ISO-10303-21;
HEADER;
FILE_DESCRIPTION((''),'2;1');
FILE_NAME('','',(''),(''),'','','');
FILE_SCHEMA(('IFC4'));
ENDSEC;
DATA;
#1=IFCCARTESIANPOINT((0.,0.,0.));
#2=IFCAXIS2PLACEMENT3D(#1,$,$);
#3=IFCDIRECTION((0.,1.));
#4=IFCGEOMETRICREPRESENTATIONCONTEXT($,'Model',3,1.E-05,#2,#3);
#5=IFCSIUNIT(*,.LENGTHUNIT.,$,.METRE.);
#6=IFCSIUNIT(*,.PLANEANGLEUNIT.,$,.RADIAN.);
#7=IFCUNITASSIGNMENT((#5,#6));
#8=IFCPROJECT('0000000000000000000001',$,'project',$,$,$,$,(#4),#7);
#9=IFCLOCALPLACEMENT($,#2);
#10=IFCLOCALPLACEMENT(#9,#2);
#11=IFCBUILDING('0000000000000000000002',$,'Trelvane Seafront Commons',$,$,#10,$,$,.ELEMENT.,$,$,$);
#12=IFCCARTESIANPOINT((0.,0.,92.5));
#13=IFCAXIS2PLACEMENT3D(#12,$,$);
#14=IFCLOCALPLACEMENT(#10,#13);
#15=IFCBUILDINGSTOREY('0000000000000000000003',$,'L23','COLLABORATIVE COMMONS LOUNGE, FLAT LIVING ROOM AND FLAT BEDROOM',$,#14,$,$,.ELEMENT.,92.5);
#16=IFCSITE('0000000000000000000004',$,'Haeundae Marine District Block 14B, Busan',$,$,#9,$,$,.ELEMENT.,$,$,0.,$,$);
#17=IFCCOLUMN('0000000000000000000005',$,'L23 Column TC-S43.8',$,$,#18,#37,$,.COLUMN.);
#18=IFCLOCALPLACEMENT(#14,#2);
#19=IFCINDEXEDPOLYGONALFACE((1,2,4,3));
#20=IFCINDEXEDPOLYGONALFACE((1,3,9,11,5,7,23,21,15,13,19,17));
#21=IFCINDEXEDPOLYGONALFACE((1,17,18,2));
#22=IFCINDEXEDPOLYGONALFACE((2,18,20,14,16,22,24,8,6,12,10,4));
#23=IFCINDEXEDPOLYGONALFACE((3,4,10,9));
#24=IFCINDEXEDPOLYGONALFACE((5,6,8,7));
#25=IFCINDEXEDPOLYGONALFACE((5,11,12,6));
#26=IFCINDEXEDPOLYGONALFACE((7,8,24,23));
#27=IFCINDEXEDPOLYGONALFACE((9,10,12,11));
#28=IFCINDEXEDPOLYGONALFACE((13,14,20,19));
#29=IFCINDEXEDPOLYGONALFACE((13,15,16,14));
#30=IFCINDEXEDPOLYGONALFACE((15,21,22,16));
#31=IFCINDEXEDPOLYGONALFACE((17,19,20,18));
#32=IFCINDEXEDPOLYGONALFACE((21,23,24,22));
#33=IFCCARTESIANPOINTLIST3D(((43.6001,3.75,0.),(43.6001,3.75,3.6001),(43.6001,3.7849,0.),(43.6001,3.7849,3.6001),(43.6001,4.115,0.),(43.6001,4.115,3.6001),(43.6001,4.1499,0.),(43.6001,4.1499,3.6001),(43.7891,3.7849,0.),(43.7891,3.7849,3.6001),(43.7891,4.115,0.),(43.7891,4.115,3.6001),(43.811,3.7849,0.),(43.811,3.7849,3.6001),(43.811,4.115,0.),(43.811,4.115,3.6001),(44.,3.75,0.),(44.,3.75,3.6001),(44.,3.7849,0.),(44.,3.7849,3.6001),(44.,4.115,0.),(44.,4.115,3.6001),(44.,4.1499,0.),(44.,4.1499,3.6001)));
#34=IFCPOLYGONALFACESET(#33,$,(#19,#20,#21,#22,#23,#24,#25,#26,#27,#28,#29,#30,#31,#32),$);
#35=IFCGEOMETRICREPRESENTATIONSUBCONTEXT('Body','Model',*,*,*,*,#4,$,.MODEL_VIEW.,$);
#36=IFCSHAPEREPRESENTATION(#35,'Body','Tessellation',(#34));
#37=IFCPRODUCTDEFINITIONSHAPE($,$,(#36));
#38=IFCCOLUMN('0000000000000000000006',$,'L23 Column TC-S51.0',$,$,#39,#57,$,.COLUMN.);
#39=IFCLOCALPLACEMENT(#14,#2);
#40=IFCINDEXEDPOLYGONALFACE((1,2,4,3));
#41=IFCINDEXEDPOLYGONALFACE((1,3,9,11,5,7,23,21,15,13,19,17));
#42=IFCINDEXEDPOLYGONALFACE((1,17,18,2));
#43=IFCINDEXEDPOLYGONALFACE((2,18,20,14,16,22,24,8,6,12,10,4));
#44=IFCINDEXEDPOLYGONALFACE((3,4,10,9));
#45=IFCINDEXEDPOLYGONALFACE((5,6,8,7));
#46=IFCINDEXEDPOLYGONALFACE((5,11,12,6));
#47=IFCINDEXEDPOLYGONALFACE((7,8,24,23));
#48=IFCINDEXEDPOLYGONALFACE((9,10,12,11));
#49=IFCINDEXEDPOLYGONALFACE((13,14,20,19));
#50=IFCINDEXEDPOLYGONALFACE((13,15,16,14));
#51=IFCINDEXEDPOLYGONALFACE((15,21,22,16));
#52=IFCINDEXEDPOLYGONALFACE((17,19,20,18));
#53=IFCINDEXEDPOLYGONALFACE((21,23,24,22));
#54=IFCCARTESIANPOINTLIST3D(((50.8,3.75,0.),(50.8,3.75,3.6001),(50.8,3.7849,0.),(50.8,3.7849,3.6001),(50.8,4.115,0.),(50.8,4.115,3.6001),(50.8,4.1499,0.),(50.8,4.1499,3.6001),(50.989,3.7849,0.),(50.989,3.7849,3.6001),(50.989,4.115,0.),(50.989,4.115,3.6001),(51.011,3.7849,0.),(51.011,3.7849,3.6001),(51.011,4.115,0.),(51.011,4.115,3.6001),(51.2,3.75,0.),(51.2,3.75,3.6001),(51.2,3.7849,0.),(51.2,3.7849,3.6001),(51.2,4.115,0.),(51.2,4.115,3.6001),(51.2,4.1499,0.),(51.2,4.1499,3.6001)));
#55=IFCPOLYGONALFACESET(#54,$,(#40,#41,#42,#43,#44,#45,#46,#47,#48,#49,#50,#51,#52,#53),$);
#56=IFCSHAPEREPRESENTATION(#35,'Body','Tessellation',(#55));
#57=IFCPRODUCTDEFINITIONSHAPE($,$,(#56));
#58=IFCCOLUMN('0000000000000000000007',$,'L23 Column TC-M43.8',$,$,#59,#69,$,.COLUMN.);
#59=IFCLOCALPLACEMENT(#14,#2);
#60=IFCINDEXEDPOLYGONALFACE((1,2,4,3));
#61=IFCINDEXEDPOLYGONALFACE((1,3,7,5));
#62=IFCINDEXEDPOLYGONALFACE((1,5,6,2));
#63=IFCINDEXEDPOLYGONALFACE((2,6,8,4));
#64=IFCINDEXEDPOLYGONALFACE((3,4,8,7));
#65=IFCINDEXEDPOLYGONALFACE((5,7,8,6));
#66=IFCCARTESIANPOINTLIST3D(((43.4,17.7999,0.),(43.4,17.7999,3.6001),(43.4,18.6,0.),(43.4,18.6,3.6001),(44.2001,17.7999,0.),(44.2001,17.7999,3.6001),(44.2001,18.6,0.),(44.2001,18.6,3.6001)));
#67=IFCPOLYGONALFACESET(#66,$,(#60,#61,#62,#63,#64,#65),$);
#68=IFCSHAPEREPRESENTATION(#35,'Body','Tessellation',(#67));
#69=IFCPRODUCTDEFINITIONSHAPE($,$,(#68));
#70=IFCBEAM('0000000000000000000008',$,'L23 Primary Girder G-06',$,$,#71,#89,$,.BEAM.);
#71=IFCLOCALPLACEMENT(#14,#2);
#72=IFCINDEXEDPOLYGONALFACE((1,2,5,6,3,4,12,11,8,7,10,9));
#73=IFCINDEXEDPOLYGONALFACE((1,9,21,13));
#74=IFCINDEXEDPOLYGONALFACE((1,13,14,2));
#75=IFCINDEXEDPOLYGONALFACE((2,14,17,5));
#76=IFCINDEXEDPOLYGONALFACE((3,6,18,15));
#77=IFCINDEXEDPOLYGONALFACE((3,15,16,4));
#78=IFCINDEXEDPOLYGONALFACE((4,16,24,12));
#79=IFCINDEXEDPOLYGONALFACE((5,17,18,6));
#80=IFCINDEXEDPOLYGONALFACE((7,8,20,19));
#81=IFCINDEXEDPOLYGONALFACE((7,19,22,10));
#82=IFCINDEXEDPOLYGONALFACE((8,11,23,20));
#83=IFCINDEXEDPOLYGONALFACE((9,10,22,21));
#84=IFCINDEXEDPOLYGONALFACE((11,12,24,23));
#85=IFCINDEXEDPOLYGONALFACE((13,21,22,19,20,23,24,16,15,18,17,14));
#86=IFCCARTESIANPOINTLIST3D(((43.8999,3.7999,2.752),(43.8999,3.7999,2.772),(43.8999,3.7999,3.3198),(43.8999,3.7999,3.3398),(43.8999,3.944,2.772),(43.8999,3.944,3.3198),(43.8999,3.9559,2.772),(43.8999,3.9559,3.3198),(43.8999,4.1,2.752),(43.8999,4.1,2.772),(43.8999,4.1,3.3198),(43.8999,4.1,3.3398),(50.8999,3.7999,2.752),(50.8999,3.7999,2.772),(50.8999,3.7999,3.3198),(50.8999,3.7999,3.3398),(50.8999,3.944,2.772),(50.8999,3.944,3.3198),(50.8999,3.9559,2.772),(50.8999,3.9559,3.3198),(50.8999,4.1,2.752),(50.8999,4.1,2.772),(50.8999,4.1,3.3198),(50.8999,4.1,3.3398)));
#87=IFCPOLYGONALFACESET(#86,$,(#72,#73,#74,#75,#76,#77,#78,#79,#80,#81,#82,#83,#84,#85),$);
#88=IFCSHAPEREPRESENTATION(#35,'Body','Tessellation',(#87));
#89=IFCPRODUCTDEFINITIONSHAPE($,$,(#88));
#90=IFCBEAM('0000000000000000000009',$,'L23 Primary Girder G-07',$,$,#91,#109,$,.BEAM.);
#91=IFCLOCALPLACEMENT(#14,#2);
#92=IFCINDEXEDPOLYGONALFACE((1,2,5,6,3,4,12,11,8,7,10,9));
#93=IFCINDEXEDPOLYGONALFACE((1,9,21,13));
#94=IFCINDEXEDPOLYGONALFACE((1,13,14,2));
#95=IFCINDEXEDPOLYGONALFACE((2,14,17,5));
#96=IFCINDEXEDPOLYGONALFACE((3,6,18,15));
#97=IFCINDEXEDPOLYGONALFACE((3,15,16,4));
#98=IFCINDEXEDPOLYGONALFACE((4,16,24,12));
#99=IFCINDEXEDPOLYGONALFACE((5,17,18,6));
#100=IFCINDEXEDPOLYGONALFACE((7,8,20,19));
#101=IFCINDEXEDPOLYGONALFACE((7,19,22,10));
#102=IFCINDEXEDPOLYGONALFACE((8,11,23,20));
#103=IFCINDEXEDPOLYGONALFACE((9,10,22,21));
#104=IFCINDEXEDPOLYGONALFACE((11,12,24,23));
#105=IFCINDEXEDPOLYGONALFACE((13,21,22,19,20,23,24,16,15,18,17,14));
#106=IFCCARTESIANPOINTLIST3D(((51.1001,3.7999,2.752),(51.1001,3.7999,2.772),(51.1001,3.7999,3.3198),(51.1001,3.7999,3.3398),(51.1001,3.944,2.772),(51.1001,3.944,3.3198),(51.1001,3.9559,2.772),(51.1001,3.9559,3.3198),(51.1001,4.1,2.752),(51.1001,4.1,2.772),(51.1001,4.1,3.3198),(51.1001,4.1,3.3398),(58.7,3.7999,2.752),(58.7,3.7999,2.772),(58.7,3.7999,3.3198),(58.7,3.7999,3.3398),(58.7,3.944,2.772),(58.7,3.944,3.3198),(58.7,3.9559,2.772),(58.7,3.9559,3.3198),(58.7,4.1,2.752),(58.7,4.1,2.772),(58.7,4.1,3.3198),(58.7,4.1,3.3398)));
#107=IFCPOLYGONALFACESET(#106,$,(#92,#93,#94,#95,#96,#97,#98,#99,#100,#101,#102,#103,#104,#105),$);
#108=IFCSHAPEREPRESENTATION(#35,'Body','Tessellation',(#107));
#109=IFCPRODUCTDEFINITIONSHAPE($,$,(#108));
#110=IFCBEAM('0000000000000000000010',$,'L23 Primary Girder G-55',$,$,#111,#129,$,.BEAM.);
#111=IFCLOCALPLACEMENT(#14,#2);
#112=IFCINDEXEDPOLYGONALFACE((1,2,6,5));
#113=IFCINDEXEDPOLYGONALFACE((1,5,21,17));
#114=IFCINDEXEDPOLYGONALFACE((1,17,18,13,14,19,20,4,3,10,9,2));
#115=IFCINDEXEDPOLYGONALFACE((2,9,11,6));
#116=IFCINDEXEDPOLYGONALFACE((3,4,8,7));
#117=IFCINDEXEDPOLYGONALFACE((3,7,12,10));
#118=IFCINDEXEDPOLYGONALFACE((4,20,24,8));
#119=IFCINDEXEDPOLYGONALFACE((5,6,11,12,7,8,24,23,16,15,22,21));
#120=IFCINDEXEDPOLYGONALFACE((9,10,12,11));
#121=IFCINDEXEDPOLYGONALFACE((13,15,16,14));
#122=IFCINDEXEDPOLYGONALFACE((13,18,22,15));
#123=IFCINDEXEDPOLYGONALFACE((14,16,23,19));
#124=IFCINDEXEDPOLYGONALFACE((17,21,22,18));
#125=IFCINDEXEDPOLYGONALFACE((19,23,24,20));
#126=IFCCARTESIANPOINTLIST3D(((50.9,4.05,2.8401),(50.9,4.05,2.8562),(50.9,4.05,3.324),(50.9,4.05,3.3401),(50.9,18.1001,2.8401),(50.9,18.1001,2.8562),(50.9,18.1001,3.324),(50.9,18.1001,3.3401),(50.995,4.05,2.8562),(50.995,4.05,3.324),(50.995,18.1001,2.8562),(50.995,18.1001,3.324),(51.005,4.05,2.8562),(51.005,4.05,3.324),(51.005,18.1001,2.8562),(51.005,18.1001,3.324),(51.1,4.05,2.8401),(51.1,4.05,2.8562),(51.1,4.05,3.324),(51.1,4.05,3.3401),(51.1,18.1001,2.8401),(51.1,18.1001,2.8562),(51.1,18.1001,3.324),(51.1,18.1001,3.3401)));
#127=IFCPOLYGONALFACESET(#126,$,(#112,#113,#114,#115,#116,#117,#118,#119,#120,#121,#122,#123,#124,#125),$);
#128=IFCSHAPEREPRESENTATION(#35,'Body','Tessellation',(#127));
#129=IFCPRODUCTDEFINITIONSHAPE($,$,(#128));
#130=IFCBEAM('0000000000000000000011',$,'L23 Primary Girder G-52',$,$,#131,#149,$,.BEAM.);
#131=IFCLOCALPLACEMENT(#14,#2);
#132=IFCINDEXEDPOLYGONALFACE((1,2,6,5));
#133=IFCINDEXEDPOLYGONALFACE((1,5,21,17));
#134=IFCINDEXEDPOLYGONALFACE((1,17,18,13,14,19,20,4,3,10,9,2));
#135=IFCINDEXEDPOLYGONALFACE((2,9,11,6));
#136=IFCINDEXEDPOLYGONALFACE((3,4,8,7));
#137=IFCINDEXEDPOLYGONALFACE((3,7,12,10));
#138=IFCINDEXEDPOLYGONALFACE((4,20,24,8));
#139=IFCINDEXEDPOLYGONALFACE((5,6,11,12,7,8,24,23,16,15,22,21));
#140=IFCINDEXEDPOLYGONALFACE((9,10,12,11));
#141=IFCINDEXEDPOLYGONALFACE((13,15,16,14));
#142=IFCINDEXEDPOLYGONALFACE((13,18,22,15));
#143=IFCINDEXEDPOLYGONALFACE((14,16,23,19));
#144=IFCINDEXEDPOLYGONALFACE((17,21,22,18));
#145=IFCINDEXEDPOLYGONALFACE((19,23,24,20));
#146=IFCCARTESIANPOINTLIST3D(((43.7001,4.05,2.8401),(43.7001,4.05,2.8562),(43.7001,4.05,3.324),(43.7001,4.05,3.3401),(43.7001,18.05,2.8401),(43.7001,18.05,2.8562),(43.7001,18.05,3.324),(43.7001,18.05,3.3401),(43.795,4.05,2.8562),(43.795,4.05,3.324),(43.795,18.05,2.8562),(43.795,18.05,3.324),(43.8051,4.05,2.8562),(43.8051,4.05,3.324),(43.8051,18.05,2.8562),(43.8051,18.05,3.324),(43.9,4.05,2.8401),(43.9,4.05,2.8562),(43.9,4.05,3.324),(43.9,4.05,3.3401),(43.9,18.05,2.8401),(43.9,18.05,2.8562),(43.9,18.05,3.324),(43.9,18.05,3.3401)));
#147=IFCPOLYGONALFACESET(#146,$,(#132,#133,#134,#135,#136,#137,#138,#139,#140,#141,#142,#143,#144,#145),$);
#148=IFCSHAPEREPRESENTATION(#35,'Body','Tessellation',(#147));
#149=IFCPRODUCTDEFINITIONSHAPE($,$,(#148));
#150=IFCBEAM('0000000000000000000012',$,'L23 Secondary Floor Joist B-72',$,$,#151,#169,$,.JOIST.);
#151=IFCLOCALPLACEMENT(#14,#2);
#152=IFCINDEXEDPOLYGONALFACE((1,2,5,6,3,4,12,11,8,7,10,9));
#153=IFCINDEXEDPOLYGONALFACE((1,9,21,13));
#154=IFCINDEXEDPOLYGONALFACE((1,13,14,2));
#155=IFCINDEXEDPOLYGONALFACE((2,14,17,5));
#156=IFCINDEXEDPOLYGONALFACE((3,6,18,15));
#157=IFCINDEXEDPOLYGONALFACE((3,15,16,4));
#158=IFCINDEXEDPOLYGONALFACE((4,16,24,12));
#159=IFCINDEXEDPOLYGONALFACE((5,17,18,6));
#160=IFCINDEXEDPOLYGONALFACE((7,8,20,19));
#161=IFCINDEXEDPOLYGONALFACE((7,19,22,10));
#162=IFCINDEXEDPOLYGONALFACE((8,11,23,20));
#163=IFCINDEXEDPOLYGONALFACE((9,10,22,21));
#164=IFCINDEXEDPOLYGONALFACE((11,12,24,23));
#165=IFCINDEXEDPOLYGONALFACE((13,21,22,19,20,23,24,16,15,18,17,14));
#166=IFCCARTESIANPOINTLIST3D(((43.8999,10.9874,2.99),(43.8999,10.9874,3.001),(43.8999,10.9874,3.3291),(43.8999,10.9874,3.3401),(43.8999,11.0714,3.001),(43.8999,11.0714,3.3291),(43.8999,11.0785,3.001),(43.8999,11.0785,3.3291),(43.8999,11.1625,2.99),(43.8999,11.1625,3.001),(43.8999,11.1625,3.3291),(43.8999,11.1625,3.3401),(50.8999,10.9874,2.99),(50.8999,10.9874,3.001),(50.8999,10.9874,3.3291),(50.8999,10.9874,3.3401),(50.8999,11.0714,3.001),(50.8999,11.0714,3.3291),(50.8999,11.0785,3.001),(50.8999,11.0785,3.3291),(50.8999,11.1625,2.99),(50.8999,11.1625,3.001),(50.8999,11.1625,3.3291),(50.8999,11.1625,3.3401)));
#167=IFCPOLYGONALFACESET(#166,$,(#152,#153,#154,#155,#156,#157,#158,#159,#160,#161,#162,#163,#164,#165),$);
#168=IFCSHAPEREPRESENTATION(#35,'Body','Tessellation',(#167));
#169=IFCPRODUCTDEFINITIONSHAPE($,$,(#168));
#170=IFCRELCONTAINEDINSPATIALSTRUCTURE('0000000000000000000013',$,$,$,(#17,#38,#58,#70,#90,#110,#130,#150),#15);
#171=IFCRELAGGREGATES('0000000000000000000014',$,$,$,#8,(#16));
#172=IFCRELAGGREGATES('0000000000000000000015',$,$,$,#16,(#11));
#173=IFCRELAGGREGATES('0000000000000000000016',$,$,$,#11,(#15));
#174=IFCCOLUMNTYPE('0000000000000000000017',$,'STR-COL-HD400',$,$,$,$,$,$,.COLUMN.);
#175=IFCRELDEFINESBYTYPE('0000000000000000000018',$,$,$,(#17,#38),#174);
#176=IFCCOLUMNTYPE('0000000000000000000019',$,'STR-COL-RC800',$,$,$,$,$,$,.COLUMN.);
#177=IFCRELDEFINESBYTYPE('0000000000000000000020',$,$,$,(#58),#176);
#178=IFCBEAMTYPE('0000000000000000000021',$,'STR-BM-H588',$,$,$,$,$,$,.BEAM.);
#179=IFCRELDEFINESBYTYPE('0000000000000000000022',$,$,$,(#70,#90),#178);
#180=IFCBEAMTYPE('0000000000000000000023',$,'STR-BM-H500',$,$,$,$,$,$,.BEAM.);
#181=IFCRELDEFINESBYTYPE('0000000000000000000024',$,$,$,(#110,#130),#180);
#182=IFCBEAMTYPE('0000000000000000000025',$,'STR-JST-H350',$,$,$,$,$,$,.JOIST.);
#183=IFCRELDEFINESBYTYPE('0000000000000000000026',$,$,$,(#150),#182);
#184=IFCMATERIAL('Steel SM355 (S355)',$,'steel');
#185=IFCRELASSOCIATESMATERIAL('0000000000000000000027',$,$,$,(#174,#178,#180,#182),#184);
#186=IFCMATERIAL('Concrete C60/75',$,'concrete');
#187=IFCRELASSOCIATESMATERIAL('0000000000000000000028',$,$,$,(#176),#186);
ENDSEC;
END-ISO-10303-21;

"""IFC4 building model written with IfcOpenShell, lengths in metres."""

from ifc_helpers import new_model, si_unit, direction, frame, origin, origin_2d, place, context, subcontext, project, spatial, rectangle, i_section, extrude, source, transform, mapped, material, material_profile, profile_set, type_object, element, save


model = new_model("IFC4")

# Units and contexts
model_context = context("Model", 3, precision=1e-05, world=origin(), true_north=direction((0.0, 1.0)))
body_context = subcontext(model_context, "Body", "Model", "MODEL_VIEW")
ifc_project = project(units=[si_unit("LENGTHUNIT", "METRE"), si_unit("PLANEANGLEUNIT", "RADIAN")], contexts=[model_context])

# Site, building, storey
site_placement = place(None, origin())
site = spatial("IfcSite", under=ifc_project, at=site_placement, Name="Haeundae Marine District Block 14B, Busan", CompositionType="ELEMENT", RefElevation=0.0)
building_placement = place(site_placement, origin())
building = spatial("IfcBuilding", under=site, at=building_placement, Name="Trelvane Seafront Commons", CompositionType="ELEMENT")
storey_placement = place(building_placement, frame((0.0, 0.0, 92.5)))
storey = spatial("IfcBuildingStorey", under=building, at=storey_placement, Name="L23", Description="COLLABORATIVE COMMONS LOUNGE, FLAT LIVING ROOM AND FLAT BEDROOM", CompositionType="ELEMENT", Elevation=92.5)

# Columns
ifc_material_1 = material(Name="Steel SM355 (S355)", Category="steel")
ifc_material_profile_1 = material_profile(ifc_material_1, i_section(OverallWidth=0.3999, OverallDepth=0.3999, WebThickness=0.022, FlangeThickness=0.0349, at=origin_2d()), Name="HD-400x400x22x35")
ifc_profile_set_1 = profile_set([ifc_material_profile_1], Name="Steel SM355 (S355)")
column_type_1 = type_object("IfcColumnType", Name="STR-COL-HD400", PredefinedType="COLUMN", material=ifc_profile_set_1)
shared_shape_1 = source(origin(), body_context, "Body", "SweptSolid", [
    extrude(i_section(OverallWidth=0.3999, OverallDepth=0.3999, WebThickness=0.022, FlangeThickness=0.0349, at=origin_2d()), origin(), (0.0, 0.0, 1.0), 3.6001),
])
for number, where, z_axis, x_axis, name in (
    (1, (43.8, 3.95, 0.0), (0.0, 0.0, 1.0), (1.0, 0.0, 0.0), "L23 Column TC-S43.8"),
    (2, (51.0, 3.95, 0.0), (0.0, 0.0, 1.0), (1.0, 0.0, 0.0), "L23 Column TC-S51.0"),
):
    element("IfcColumn", number, at=place(storey_placement, frame(where, z_axis=z_axis, x_axis=x_axis)), inside=storey, type_object=column_type_1, Name=name, PredefinedType="COLUMN", context=body_context, shape_type="MappedRepresentation", body=[
        mapped(shared_shape_1, transform((0.0, 0.0, 0.0), x_axis=(1.0, 0.0, 0.0), y_axis=(0.0, 1.0, 0.0), z_axis=(0.0, 0.0, 1.0), scale=1.0)),
    ])
ifc_material_2 = material(Name="Concrete C60/75", Category="concrete")
ifc_material_profile_2 = material_profile(ifc_material_2, rectangle(XDim=0.8, YDim=0.8, at=origin_2d()), Name="RC-800x800")
ifc_profile_set_2 = profile_set([ifc_material_profile_2], Name="Concrete C60/75")
column_type_2 = type_object("IfcColumnType", Name="STR-COL-RC800", PredefinedType="COLUMN", material=ifc_profile_set_2)
shared_shape_2 = source(origin(), body_context, "Body", "SweptSolid", [
    extrude(rectangle(XDim=0.8, YDim=0.8, at=origin_2d()), origin(), (0.0, 0.0, 1.0), 3.6001),
])
column_placement = place(storey_placement, frame((43.8, 18.2, 0.0), z_axis=(0.0, 0.0, 1.0), x_axis=(1.0, 0.0, 0.0)))
element("IfcColumn", 3, at=column_placement, inside=storey, type_object=column_type_2, Name="L23 Column TC-M43.8", PredefinedType="COLUMN", context=body_context, shape_type="MappedRepresentation", body=[
    mapped(shared_shape_2, transform((0.0, 0.0, 0.0), x_axis=(1.0, 0.0, 0.0), y_axis=(0.0, 1.0, 0.0), z_axis=(0.0, 0.0, 1.0), scale=1.0)),
])

# Beams
ifc_material_profile_3 = material_profile(ifc_material_1, i_section(OverallWidth=0.3, OverallDepth=0.5879, WebThickness=0.012, FlangeThickness=0.02, at=origin_2d()), Name="H-588x300x12x20")
ifc_profile_set_3 = profile_set([ifc_material_profile_3], Name="Steel SM355 (S355)")
beam_type_1 = type_object("IfcBeamType", Name="STR-BM-H588", PredefinedType="BEAM", material=ifc_profile_set_3)
shared_shape_3 = source(origin(), body_context, "Body", "SweptSolid", [
    extrude(i_section(OverallWidth=0.3, OverallDepth=0.5879, WebThickness=0.012, FlangeThickness=0.02, at=origin_2d()), origin(), (0.0, 0.0, 1.0), 7.0),
])
beam_1_placement = place(storey_placement, frame((43.8999, 3.95, 3.0459), z_axis=(1.0, 0.0, 0.0), x_axis=(0.0, 1.0, 0.0)))
element("IfcBeam", 4, at=beam_1_placement, inside=storey, type_object=beam_type_1, Name="L23 Primary Girder G-06", PredefinedType="BEAM", context=body_context, shape_type="MappedRepresentation", body=[
    mapped(shared_shape_3, transform((0.0, 0.0, 0.0), x_axis=(1.0, 0.0, 0.0), y_axis=(0.0, 1.0, 0.0), z_axis=(0.0, 0.0, 1.0), scale=1.0)),
])
shared_shape_4 = source(origin(), body_context, "Body", "SweptSolid", [
    extrude(i_section(OverallWidth=0.3, OverallDepth=0.5879, WebThickness=0.012, FlangeThickness=0.02, at=origin_2d()), origin(), (0.0, 0.0, 1.0), 7.5999),
])
beam_2_placement = place(storey_placement, frame((51.1001, 3.95, 3.0459), z_axis=(1.0, 0.0, 0.0), x_axis=(0.0, 1.0, 0.0)))
element("IfcBeam", 5, at=beam_2_placement, inside=storey, type_object=beam_type_1, Name="L23 Primary Girder G-07", PredefinedType="BEAM", context=body_context, shape_type="MappedRepresentation", body=[
    mapped(shared_shape_4, transform((0.0, 0.0, 0.0), x_axis=(1.0, 0.0, 0.0), y_axis=(0.0, 1.0, 0.0), z_axis=(0.0, 0.0, 1.0), scale=1.0)),
])
ifc_material_profile_4 = material_profile(ifc_material_1, i_section(OverallWidth=0.2, OverallDepth=0.5, WebThickness=0.01, FlangeThickness=0.0161, at=origin_2d()), Name="H-500x200x10x16")
ifc_profile_set_4 = profile_set([ifc_material_profile_4], Name="Steel SM355 (S355)")
beam_type_2 = type_object("IfcBeamType", Name="STR-BM-H500", PredefinedType="BEAM", material=ifc_profile_set_4)
shared_shape_5 = source(origin(), body_context, "Body", "SweptSolid", [
    extrude(i_section(OverallWidth=0.2, OverallDepth=0.5, WebThickness=0.01, FlangeThickness=0.0161, at=origin_2d()), origin(), (0.0, 0.0, 1.0), 14.05),
])
beam_3_placement = place(storey_placement, frame((51.0, 4.05, 3.0901), z_axis=(0.0, 1.0, 0.0), x_axis=(-1.0, 0.0, 0.0)))
element("IfcBeam", 6, at=beam_3_placement, inside=storey, type_object=beam_type_2, Name="L23 Primary Girder G-55", PredefinedType="BEAM", context=body_context, shape_type="MappedRepresentation", body=[
    mapped(shared_shape_5, transform((0.0, 0.0, 0.0), x_axis=(1.0, 0.0, 0.0), y_axis=(0.0, 1.0, 0.0), z_axis=(0.0, 0.0, 1.0), scale=1.0)),
])
shared_shape_6 = source(origin(), body_context, "Body", "SweptSolid", [
    extrude(i_section(OverallWidth=0.2, OverallDepth=0.5, WebThickness=0.01, FlangeThickness=0.0161, at=origin_2d()), origin(), (0.0, 0.0, 1.0), 14.0),
])
beam_4_placement = place(storey_placement, frame((43.8, 4.05, 3.0901), z_axis=(0.0, 1.0, 0.0), x_axis=(-1.0, 0.0, 0.0)))
element("IfcBeam", 7, at=beam_4_placement, inside=storey, type_object=beam_type_2, Name="L23 Primary Girder G-52", PredefinedType="BEAM", context=body_context, shape_type="MappedRepresentation", body=[
    mapped(shared_shape_6, transform((0.0, 0.0, 0.0), x_axis=(1.0, 0.0, 0.0), y_axis=(0.0, 1.0, 0.0), z_axis=(0.0, 0.0, 1.0), scale=1.0)),
])
ifc_material_profile_5 = material_profile(ifc_material_1, i_section(OverallWidth=0.175, OverallDepth=0.3501, WebThickness=0.0071, FlangeThickness=0.011, at=origin_2d()), Name="H-350x175x7x11")
ifc_profile_set_5 = profile_set([ifc_material_profile_5], Name="Steel SM355 (S355)")
beam_type_3 = type_object("IfcBeamType", Name="STR-JST-H350", PredefinedType="JOIST", material=ifc_profile_set_5)
shared_shape_7 = source(origin(), body_context, "Body", "SweptSolid", [
    extrude(i_section(OverallWidth=0.175, OverallDepth=0.3501, WebThickness=0.0071, FlangeThickness=0.011, at=origin_2d()), origin(), (0.0, 0.0, 1.0), 7.0),
])
beam_5_placement = place(storey_placement, frame((43.8999, 11.075, 3.165), z_axis=(1.0, 0.0, 0.0), x_axis=(0.0, 1.0, 0.0)))
element("IfcBeam", 8, at=beam_5_placement, inside=storey, type_object=beam_type_3, Name="L23 Secondary Floor Joist B-72", PredefinedType="JOIST", context=body_context, shape_type="MappedRepresentation", body=[
    mapped(shared_shape_7, transform((0.0, 0.0, 0.0), x_axis=(1.0, 0.0, 0.0), y_axis=(0.0, 1.0, 0.0), z_axis=(0.0, 0.0, 1.0), scale=1.0)),
])

save(model, "model.ifc")
